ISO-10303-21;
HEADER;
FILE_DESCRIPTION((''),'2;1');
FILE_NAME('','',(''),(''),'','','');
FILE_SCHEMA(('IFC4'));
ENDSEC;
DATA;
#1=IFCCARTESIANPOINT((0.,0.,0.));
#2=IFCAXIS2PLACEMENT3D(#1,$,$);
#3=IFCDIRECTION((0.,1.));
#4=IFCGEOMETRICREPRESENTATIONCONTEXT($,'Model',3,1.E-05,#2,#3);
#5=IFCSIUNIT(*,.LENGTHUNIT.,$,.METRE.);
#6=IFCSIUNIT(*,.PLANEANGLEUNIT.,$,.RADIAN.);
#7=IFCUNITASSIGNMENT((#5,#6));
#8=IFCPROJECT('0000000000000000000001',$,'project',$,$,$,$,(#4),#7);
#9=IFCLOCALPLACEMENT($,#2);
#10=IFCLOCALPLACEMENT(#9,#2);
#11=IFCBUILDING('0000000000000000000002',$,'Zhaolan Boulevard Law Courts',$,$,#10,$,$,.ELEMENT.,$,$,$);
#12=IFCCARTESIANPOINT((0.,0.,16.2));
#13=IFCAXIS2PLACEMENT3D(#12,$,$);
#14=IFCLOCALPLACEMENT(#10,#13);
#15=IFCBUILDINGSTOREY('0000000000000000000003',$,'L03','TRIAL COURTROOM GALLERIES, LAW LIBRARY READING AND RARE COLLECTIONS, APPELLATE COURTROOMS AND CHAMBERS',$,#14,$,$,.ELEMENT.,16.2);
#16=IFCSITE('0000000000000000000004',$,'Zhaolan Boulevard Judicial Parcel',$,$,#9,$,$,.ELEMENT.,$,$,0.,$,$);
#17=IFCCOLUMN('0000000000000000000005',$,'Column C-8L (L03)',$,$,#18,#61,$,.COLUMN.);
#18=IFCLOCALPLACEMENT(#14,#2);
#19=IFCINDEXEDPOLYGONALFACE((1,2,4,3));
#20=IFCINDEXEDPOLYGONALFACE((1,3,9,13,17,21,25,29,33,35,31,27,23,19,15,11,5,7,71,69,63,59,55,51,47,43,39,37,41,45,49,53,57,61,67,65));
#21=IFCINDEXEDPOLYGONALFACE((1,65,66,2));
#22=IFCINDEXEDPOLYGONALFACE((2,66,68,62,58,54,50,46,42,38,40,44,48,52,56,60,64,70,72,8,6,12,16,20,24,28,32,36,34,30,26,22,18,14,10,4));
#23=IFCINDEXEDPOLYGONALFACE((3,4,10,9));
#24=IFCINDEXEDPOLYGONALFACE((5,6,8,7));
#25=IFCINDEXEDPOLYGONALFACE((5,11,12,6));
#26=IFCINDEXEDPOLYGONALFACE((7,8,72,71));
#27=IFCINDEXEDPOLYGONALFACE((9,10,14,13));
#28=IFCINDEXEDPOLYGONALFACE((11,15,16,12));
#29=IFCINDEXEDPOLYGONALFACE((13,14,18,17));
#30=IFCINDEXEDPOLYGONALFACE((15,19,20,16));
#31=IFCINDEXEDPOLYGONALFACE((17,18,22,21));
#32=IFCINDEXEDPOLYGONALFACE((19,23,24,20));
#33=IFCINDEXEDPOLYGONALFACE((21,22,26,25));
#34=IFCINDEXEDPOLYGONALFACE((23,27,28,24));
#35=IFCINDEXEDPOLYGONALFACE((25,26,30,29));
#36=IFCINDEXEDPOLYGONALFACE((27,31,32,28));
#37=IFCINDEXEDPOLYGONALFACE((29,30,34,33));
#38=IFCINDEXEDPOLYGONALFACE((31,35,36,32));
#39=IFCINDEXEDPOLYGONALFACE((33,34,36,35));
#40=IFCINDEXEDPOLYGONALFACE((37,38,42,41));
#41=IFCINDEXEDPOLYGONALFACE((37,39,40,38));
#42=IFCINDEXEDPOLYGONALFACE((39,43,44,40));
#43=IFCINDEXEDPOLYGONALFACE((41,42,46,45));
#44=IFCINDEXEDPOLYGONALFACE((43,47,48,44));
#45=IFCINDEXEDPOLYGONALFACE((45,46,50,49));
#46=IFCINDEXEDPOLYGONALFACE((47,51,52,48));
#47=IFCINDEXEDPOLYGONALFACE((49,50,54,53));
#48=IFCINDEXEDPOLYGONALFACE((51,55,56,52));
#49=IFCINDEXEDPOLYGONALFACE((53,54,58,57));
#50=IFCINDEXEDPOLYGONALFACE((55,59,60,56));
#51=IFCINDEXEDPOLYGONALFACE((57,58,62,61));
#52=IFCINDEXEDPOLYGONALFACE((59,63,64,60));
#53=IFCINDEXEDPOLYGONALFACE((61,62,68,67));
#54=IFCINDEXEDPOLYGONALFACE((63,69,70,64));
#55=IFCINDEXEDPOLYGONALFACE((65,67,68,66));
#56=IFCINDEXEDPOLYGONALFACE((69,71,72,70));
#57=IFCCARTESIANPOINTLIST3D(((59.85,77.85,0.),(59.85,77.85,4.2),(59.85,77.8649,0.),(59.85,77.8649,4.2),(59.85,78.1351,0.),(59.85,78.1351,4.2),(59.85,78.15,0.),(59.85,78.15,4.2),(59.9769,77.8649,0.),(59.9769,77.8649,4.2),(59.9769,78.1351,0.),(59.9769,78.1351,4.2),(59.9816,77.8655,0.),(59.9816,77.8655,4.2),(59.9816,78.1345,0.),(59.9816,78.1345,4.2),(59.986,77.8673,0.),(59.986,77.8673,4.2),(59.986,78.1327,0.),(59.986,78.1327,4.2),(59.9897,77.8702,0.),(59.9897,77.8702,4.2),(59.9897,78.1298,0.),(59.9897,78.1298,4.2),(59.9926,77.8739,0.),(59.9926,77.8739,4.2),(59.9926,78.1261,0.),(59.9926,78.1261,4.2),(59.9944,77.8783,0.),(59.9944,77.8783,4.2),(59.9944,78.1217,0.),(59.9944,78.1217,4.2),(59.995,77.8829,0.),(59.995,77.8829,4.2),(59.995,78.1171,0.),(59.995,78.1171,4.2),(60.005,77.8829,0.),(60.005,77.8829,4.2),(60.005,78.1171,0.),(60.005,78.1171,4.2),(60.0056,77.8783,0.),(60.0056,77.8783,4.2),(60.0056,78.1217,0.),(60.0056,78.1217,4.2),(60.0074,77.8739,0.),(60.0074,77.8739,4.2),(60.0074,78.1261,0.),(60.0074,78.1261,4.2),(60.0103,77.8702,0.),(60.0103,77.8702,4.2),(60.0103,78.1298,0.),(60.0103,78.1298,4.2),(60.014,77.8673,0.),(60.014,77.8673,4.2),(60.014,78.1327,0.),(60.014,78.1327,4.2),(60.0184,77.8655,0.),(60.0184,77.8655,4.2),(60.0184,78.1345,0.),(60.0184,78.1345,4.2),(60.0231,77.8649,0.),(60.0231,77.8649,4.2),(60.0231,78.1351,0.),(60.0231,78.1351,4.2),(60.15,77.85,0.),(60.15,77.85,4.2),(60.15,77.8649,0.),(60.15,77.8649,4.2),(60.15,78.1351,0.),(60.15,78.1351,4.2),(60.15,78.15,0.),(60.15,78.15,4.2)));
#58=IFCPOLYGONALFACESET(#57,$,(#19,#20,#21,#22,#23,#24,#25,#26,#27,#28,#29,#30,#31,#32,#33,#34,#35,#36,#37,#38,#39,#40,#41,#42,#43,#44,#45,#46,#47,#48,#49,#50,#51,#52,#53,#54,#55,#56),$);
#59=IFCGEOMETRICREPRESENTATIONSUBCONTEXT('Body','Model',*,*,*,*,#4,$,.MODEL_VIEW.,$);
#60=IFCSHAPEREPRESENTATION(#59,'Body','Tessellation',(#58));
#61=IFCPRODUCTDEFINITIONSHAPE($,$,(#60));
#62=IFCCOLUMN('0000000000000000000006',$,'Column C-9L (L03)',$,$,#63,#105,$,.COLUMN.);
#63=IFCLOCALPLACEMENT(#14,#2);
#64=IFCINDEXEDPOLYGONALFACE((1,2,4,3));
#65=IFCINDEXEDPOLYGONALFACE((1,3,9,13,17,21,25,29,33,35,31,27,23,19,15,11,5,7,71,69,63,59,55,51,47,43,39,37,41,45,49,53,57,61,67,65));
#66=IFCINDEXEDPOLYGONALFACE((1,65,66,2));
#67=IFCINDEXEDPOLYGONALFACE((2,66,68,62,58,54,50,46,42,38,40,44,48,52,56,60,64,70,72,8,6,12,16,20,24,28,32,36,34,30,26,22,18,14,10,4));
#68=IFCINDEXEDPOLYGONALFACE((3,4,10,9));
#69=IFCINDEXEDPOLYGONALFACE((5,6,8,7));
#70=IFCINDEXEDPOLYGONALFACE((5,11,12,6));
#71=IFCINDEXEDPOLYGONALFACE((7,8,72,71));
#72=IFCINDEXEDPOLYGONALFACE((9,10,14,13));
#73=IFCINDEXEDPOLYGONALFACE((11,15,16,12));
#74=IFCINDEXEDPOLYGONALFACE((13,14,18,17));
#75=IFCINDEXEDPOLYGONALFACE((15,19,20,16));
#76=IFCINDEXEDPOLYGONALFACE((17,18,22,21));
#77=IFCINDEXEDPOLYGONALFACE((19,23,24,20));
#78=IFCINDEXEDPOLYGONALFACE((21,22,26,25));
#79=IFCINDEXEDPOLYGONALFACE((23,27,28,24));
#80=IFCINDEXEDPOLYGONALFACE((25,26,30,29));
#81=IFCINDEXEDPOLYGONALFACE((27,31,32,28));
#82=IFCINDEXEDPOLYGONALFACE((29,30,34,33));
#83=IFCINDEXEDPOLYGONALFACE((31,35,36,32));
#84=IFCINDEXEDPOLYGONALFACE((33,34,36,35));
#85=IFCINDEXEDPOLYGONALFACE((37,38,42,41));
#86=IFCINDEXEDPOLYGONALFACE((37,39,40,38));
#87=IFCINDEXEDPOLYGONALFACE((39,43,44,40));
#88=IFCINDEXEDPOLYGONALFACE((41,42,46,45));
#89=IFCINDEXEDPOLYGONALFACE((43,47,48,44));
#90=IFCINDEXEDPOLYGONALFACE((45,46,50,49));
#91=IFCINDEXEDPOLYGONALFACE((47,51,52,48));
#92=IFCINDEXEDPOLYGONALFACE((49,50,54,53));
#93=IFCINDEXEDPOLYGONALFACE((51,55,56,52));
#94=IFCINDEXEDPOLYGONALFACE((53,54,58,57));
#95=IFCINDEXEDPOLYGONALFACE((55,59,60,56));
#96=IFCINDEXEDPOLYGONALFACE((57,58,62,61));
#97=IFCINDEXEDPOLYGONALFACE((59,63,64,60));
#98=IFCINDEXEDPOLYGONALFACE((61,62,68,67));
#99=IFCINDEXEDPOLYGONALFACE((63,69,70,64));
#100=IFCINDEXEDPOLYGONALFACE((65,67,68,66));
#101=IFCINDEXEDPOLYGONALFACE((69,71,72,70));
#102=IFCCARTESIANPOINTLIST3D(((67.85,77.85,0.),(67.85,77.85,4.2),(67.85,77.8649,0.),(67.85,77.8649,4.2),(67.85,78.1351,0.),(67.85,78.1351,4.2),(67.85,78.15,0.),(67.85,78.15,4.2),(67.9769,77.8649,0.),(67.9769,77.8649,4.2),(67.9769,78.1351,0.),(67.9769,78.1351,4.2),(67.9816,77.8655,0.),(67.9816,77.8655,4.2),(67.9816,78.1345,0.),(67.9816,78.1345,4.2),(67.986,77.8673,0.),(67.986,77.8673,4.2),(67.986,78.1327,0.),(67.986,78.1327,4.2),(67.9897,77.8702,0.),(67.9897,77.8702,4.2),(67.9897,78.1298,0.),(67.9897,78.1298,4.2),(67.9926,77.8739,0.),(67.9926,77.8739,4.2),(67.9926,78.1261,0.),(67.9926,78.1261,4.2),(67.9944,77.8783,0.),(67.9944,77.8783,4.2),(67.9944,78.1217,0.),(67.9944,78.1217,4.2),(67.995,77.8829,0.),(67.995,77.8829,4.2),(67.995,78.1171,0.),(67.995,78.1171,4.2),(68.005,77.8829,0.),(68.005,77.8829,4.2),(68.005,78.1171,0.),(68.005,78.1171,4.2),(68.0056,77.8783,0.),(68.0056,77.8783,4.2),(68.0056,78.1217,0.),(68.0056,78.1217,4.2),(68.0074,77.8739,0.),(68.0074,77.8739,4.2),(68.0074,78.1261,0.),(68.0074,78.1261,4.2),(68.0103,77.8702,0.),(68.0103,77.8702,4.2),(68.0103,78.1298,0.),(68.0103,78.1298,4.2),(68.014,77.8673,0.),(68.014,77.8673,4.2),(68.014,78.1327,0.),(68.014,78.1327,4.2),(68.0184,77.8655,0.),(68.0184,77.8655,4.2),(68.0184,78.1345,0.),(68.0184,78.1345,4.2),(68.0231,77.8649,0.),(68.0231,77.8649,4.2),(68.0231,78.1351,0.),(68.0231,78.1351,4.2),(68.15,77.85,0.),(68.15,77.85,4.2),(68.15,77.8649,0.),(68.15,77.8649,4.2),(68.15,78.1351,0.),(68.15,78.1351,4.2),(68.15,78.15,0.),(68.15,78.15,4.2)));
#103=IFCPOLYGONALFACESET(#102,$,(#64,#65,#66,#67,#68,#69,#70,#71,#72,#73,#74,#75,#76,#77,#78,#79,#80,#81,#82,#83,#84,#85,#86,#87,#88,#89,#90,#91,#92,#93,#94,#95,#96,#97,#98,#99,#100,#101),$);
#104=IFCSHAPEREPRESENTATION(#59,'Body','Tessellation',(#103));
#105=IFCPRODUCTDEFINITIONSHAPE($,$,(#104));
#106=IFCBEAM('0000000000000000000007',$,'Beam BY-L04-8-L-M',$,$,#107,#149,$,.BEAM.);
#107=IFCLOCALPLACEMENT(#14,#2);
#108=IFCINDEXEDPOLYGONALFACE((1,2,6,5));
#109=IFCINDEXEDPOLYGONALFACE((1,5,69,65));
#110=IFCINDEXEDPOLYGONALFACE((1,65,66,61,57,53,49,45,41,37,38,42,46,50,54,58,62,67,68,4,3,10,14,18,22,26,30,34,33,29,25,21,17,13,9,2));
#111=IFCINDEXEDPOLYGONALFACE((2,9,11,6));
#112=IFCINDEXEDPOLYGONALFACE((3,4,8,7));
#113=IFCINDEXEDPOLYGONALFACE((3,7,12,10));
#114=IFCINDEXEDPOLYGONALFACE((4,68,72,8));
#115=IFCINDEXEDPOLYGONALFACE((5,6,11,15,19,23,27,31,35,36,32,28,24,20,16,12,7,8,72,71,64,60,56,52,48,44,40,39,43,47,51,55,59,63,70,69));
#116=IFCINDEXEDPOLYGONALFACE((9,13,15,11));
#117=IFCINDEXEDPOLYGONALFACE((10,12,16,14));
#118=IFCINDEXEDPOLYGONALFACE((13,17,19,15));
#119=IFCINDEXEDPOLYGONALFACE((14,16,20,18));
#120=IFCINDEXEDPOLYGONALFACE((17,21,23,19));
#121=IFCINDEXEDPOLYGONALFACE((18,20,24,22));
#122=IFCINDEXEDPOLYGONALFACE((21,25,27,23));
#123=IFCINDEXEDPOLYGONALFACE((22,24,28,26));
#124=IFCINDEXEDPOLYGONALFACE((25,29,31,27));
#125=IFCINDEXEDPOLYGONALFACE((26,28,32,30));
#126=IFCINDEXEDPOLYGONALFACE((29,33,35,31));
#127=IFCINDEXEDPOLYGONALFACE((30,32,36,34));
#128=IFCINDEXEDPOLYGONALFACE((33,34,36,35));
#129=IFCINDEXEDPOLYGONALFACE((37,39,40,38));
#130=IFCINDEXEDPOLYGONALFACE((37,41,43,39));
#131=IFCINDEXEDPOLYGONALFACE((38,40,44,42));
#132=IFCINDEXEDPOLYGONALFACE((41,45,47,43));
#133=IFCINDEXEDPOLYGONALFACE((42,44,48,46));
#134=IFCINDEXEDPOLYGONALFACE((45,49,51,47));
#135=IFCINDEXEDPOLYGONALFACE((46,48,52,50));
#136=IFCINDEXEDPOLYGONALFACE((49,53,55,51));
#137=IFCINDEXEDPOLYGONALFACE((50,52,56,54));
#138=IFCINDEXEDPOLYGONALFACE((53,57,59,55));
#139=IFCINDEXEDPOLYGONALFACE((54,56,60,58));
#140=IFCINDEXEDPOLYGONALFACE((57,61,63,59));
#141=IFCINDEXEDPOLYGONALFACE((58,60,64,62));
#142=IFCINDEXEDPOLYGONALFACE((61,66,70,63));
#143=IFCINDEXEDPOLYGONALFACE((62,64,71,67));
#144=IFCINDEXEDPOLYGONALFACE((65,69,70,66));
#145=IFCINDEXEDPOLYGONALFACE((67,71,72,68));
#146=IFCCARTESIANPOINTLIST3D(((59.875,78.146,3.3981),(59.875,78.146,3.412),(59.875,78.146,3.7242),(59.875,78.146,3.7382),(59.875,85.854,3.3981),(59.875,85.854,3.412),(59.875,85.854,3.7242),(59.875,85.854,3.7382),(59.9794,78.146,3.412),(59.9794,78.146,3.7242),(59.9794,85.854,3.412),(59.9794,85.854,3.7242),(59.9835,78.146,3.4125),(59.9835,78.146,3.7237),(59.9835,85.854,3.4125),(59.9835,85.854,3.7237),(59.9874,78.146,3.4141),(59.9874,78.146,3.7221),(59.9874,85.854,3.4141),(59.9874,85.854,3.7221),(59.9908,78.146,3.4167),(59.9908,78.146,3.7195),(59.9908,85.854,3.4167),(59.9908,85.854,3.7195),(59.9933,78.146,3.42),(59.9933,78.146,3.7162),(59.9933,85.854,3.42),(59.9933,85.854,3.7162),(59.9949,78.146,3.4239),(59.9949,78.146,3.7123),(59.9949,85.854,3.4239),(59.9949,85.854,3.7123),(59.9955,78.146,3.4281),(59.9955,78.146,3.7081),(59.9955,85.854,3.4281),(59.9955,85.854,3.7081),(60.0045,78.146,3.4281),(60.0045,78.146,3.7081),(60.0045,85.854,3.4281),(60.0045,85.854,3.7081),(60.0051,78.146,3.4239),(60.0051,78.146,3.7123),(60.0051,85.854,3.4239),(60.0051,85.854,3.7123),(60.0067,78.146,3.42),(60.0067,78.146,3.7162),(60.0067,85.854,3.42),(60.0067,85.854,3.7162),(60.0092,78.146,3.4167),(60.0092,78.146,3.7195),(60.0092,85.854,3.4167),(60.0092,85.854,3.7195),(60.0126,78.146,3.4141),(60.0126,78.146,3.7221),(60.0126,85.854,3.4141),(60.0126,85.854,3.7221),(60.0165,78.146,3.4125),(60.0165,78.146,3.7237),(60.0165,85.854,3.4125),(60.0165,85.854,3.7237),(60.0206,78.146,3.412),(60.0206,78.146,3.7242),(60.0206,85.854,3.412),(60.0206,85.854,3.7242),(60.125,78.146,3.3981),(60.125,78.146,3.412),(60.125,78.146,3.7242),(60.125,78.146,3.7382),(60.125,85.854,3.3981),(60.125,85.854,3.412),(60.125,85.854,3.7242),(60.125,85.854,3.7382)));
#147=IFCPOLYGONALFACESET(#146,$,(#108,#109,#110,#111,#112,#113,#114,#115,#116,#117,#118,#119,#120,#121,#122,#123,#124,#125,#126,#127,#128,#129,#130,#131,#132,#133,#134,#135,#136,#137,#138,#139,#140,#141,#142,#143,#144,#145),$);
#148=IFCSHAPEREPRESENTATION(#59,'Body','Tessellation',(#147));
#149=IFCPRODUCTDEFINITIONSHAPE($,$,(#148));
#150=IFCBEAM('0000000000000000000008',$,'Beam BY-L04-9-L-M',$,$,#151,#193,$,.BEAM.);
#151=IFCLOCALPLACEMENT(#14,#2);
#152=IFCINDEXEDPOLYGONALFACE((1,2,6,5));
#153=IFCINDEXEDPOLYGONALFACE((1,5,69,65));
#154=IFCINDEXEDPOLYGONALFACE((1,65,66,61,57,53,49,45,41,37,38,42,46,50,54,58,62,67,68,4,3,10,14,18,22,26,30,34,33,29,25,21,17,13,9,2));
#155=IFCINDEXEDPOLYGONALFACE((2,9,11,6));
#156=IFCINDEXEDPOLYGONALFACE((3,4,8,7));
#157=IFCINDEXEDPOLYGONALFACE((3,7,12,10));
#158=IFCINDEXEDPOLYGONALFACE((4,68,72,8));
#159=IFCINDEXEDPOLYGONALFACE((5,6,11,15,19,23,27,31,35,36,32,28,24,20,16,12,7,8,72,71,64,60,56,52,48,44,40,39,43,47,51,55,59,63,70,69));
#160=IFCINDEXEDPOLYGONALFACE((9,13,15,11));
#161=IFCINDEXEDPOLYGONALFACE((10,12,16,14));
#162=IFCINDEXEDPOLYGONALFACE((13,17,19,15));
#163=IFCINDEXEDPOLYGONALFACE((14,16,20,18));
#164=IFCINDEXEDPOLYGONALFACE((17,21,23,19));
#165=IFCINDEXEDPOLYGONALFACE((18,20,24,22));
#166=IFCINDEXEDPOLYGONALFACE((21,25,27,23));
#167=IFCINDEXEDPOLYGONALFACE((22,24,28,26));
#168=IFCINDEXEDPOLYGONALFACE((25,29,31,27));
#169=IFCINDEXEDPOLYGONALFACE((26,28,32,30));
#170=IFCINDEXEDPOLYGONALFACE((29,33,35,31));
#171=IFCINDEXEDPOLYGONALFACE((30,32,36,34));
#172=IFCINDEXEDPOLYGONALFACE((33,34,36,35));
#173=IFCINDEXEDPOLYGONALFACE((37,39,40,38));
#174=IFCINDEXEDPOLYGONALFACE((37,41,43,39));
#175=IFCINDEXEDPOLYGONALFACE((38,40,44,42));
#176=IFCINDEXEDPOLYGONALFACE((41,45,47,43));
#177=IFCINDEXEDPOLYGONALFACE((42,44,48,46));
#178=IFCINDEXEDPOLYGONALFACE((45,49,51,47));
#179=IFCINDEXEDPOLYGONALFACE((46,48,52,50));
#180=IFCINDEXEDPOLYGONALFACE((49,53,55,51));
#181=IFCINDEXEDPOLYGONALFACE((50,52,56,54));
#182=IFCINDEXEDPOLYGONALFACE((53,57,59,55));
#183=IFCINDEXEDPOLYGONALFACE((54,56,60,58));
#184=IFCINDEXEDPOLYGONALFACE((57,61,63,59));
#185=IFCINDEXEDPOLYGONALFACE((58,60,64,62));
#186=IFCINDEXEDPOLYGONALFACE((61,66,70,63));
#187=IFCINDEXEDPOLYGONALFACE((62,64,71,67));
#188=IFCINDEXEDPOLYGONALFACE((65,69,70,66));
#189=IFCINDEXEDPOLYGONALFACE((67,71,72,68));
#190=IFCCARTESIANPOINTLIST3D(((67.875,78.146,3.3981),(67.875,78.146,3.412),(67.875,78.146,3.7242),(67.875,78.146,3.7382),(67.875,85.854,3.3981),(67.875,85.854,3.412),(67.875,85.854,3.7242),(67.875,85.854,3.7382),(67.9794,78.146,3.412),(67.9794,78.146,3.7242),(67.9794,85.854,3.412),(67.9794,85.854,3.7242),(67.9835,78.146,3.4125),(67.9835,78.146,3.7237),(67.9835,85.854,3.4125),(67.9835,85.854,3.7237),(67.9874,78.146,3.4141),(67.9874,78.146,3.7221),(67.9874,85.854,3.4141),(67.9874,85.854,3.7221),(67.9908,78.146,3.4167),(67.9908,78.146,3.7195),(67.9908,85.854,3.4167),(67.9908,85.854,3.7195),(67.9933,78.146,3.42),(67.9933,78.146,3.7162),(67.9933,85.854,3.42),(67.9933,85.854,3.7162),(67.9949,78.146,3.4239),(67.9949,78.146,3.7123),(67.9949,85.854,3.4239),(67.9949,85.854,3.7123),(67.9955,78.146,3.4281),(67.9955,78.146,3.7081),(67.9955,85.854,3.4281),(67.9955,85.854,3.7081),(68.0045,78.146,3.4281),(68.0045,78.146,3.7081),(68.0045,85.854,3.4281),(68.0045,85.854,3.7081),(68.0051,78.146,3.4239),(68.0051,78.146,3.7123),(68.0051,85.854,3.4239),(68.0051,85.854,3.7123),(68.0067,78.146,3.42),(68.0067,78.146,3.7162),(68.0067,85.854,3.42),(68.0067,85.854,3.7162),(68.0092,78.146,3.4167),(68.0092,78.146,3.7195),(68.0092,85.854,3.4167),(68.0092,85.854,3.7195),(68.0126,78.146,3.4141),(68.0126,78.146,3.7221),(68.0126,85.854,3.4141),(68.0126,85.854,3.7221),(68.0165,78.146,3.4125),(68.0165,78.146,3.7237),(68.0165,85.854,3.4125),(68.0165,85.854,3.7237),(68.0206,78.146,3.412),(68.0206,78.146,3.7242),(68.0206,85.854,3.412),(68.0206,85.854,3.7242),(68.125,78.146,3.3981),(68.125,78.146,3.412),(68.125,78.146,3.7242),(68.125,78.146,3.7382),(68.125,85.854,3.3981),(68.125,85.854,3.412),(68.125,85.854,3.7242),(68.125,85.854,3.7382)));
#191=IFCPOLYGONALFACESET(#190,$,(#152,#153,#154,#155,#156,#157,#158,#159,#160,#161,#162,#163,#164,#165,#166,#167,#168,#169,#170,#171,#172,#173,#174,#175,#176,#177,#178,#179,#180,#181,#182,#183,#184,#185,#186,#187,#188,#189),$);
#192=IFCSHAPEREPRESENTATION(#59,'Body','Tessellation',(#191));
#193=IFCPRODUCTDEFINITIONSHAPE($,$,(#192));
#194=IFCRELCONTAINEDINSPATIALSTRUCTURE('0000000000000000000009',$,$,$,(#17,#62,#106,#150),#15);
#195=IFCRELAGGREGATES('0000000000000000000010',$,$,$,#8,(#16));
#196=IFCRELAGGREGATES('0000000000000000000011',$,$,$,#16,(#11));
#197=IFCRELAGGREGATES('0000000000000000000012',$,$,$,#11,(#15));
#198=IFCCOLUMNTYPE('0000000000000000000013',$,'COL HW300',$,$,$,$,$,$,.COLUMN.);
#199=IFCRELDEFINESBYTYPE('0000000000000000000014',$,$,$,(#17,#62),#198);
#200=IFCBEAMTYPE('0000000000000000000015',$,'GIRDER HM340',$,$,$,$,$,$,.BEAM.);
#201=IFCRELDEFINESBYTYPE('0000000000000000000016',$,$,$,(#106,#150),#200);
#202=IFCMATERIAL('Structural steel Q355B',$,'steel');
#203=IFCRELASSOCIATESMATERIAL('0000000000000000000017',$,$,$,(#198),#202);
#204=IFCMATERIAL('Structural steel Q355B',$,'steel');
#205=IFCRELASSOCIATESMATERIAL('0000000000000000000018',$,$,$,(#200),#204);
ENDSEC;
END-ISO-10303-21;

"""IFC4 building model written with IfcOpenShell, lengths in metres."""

from ifc_helpers import new_model, si_unit, direction, frame, origin, origin_2d, place, context, subcontext, project, spatial, i_section, extrude, material, material_profile, profile_set, type_object, element, save


model = new_model("IFC4")

# Units and contexts
model_context = context("Model", 3, precision=1e-05, world=origin(), true_north=direction((0.0, 1.0)))
body_context = subcontext(model_context, "Body", "Model", "MODEL_VIEW")
ifc_project = project(units=[si_unit("LENGTHUNIT", "METRE"), si_unit("PLANEANGLEUNIT", "RADIAN")], contexts=[model_context])

# Site, building, storey
site_placement = place(None, origin())
site = spatial("IfcSite", under=ifc_project, at=site_placement, Name="Zhaolan Boulevard Judicial Parcel", CompositionType="ELEMENT", RefElevation=0.0)
building_placement = place(site_placement, origin())
building = spatial("IfcBuilding", under=site, at=building_placement, Name="Zhaolan Boulevard Law Courts", CompositionType="ELEMENT")
storey_placement = place(building_placement, frame((0.0, 0.0, 16.2)))
storey = spatial("IfcBuildingStorey", under=building, at=storey_placement, Name="L03", Description="TRIAL COURTROOM GALLERIES, LAW LIBRARY READING AND RARE COLLECTIONS, APPELLATE COURTROOMS AND CHAMBERS", CompositionType="ELEMENT", Elevation=16.2)

# Columns
ifc_material_1 = material(Name="Structural steel Q355B", Category="steel")
ifc_material_profile_1 = material_profile(ifc_material_1, i_section(OverallWidth=0.3, OverallDepth=0.3, WebThickness=0.01, FlangeThickness=0.0149, FilletRadius=0.0181, at=origin_2d()), Name="HW300x300")
ifc_profile_set_1 = profile_set([ifc_material_profile_1], Name="Structural steel Q355B")
column_type = type_object("IfcColumnType", Name="COL HW300", PredefinedType="COLUMN", material=ifc_profile_set_1)
for number, where, z_axis, x_axis, name in (
    (1, (60.0, 78.0, 0.0), (0.0, 0.0, 1.0), (1.0, 0.0, 0.0), "Column C-8L (L03)"),
    (2, (68.0, 78.0, 0.0), (0.0, 0.0, 1.0), (1.0, 0.0, 0.0), "Column C-9L (L03)"),
):
    element("IfcColumn", number, at=place(storey_placement, frame(where, z_axis=z_axis, x_axis=x_axis)), inside=storey, type_object=column_type, Name=name, PredefinedType="COLUMN", context=body_context, shape_type="SweptSolid", body=[
        extrude(i_section(OverallWidth=0.3, OverallDepth=0.3, WebThickness=0.01, FlangeThickness=0.0149, FilletRadius=0.0181, at=origin_2d()), origin(), (0.0, 0.0, 1.0), 4.2),
    ])

# Beams
ifc_material_2 = material(Name="Structural steel Q355B", Category="steel")
ifc_material_profile_2 = material_profile(ifc_material_2, i_section(OverallWidth=0.25, OverallDepth=0.3401, WebThickness=0.009, FlangeThickness=0.0139, FilletRadius=0.0161, at=origin_2d()), Name="HM340x250")
ifc_profile_set_2 = profile_set([ifc_material_profile_2], Name="Structural steel Q355B")
beam_type_1 = type_object("IfcBeamType", Name="GIRDER HM340", PredefinedType="BEAM", material=ifc_profile_set_2)
for number, where, z_axis, x_axis, name in (
    (3, (60.0, 78.146, 3.5681), (0.0, 1.0, 0.0), (-1.0, 0.0, 0.0), "Beam BY-L04-8-L-M"),
    (4, (68.0, 78.146, 3.5681), (0.0, 1.0, 0.0), (-1.0, 0.0, 0.0), "Beam BY-L04-9-L-M"),
):
    element("IfcBeam", number, at=place(storey_placement, frame(where, z_axis=z_axis, x_axis=x_axis)), inside=storey, type_object=beam_type_1, Name=name, PredefinedType="BEAM", context=body_context, shape_type="SweptSolid", body=[
        extrude(i_section(OverallWidth=0.25, OverallDepth=0.3401, WebThickness=0.009, FlangeThickness=0.0139, FilletRadius=0.0161, at=origin_2d()), origin(), (0.0, 0.0, 1.0), 7.708),
    ])

save(model, "model.ifc")
